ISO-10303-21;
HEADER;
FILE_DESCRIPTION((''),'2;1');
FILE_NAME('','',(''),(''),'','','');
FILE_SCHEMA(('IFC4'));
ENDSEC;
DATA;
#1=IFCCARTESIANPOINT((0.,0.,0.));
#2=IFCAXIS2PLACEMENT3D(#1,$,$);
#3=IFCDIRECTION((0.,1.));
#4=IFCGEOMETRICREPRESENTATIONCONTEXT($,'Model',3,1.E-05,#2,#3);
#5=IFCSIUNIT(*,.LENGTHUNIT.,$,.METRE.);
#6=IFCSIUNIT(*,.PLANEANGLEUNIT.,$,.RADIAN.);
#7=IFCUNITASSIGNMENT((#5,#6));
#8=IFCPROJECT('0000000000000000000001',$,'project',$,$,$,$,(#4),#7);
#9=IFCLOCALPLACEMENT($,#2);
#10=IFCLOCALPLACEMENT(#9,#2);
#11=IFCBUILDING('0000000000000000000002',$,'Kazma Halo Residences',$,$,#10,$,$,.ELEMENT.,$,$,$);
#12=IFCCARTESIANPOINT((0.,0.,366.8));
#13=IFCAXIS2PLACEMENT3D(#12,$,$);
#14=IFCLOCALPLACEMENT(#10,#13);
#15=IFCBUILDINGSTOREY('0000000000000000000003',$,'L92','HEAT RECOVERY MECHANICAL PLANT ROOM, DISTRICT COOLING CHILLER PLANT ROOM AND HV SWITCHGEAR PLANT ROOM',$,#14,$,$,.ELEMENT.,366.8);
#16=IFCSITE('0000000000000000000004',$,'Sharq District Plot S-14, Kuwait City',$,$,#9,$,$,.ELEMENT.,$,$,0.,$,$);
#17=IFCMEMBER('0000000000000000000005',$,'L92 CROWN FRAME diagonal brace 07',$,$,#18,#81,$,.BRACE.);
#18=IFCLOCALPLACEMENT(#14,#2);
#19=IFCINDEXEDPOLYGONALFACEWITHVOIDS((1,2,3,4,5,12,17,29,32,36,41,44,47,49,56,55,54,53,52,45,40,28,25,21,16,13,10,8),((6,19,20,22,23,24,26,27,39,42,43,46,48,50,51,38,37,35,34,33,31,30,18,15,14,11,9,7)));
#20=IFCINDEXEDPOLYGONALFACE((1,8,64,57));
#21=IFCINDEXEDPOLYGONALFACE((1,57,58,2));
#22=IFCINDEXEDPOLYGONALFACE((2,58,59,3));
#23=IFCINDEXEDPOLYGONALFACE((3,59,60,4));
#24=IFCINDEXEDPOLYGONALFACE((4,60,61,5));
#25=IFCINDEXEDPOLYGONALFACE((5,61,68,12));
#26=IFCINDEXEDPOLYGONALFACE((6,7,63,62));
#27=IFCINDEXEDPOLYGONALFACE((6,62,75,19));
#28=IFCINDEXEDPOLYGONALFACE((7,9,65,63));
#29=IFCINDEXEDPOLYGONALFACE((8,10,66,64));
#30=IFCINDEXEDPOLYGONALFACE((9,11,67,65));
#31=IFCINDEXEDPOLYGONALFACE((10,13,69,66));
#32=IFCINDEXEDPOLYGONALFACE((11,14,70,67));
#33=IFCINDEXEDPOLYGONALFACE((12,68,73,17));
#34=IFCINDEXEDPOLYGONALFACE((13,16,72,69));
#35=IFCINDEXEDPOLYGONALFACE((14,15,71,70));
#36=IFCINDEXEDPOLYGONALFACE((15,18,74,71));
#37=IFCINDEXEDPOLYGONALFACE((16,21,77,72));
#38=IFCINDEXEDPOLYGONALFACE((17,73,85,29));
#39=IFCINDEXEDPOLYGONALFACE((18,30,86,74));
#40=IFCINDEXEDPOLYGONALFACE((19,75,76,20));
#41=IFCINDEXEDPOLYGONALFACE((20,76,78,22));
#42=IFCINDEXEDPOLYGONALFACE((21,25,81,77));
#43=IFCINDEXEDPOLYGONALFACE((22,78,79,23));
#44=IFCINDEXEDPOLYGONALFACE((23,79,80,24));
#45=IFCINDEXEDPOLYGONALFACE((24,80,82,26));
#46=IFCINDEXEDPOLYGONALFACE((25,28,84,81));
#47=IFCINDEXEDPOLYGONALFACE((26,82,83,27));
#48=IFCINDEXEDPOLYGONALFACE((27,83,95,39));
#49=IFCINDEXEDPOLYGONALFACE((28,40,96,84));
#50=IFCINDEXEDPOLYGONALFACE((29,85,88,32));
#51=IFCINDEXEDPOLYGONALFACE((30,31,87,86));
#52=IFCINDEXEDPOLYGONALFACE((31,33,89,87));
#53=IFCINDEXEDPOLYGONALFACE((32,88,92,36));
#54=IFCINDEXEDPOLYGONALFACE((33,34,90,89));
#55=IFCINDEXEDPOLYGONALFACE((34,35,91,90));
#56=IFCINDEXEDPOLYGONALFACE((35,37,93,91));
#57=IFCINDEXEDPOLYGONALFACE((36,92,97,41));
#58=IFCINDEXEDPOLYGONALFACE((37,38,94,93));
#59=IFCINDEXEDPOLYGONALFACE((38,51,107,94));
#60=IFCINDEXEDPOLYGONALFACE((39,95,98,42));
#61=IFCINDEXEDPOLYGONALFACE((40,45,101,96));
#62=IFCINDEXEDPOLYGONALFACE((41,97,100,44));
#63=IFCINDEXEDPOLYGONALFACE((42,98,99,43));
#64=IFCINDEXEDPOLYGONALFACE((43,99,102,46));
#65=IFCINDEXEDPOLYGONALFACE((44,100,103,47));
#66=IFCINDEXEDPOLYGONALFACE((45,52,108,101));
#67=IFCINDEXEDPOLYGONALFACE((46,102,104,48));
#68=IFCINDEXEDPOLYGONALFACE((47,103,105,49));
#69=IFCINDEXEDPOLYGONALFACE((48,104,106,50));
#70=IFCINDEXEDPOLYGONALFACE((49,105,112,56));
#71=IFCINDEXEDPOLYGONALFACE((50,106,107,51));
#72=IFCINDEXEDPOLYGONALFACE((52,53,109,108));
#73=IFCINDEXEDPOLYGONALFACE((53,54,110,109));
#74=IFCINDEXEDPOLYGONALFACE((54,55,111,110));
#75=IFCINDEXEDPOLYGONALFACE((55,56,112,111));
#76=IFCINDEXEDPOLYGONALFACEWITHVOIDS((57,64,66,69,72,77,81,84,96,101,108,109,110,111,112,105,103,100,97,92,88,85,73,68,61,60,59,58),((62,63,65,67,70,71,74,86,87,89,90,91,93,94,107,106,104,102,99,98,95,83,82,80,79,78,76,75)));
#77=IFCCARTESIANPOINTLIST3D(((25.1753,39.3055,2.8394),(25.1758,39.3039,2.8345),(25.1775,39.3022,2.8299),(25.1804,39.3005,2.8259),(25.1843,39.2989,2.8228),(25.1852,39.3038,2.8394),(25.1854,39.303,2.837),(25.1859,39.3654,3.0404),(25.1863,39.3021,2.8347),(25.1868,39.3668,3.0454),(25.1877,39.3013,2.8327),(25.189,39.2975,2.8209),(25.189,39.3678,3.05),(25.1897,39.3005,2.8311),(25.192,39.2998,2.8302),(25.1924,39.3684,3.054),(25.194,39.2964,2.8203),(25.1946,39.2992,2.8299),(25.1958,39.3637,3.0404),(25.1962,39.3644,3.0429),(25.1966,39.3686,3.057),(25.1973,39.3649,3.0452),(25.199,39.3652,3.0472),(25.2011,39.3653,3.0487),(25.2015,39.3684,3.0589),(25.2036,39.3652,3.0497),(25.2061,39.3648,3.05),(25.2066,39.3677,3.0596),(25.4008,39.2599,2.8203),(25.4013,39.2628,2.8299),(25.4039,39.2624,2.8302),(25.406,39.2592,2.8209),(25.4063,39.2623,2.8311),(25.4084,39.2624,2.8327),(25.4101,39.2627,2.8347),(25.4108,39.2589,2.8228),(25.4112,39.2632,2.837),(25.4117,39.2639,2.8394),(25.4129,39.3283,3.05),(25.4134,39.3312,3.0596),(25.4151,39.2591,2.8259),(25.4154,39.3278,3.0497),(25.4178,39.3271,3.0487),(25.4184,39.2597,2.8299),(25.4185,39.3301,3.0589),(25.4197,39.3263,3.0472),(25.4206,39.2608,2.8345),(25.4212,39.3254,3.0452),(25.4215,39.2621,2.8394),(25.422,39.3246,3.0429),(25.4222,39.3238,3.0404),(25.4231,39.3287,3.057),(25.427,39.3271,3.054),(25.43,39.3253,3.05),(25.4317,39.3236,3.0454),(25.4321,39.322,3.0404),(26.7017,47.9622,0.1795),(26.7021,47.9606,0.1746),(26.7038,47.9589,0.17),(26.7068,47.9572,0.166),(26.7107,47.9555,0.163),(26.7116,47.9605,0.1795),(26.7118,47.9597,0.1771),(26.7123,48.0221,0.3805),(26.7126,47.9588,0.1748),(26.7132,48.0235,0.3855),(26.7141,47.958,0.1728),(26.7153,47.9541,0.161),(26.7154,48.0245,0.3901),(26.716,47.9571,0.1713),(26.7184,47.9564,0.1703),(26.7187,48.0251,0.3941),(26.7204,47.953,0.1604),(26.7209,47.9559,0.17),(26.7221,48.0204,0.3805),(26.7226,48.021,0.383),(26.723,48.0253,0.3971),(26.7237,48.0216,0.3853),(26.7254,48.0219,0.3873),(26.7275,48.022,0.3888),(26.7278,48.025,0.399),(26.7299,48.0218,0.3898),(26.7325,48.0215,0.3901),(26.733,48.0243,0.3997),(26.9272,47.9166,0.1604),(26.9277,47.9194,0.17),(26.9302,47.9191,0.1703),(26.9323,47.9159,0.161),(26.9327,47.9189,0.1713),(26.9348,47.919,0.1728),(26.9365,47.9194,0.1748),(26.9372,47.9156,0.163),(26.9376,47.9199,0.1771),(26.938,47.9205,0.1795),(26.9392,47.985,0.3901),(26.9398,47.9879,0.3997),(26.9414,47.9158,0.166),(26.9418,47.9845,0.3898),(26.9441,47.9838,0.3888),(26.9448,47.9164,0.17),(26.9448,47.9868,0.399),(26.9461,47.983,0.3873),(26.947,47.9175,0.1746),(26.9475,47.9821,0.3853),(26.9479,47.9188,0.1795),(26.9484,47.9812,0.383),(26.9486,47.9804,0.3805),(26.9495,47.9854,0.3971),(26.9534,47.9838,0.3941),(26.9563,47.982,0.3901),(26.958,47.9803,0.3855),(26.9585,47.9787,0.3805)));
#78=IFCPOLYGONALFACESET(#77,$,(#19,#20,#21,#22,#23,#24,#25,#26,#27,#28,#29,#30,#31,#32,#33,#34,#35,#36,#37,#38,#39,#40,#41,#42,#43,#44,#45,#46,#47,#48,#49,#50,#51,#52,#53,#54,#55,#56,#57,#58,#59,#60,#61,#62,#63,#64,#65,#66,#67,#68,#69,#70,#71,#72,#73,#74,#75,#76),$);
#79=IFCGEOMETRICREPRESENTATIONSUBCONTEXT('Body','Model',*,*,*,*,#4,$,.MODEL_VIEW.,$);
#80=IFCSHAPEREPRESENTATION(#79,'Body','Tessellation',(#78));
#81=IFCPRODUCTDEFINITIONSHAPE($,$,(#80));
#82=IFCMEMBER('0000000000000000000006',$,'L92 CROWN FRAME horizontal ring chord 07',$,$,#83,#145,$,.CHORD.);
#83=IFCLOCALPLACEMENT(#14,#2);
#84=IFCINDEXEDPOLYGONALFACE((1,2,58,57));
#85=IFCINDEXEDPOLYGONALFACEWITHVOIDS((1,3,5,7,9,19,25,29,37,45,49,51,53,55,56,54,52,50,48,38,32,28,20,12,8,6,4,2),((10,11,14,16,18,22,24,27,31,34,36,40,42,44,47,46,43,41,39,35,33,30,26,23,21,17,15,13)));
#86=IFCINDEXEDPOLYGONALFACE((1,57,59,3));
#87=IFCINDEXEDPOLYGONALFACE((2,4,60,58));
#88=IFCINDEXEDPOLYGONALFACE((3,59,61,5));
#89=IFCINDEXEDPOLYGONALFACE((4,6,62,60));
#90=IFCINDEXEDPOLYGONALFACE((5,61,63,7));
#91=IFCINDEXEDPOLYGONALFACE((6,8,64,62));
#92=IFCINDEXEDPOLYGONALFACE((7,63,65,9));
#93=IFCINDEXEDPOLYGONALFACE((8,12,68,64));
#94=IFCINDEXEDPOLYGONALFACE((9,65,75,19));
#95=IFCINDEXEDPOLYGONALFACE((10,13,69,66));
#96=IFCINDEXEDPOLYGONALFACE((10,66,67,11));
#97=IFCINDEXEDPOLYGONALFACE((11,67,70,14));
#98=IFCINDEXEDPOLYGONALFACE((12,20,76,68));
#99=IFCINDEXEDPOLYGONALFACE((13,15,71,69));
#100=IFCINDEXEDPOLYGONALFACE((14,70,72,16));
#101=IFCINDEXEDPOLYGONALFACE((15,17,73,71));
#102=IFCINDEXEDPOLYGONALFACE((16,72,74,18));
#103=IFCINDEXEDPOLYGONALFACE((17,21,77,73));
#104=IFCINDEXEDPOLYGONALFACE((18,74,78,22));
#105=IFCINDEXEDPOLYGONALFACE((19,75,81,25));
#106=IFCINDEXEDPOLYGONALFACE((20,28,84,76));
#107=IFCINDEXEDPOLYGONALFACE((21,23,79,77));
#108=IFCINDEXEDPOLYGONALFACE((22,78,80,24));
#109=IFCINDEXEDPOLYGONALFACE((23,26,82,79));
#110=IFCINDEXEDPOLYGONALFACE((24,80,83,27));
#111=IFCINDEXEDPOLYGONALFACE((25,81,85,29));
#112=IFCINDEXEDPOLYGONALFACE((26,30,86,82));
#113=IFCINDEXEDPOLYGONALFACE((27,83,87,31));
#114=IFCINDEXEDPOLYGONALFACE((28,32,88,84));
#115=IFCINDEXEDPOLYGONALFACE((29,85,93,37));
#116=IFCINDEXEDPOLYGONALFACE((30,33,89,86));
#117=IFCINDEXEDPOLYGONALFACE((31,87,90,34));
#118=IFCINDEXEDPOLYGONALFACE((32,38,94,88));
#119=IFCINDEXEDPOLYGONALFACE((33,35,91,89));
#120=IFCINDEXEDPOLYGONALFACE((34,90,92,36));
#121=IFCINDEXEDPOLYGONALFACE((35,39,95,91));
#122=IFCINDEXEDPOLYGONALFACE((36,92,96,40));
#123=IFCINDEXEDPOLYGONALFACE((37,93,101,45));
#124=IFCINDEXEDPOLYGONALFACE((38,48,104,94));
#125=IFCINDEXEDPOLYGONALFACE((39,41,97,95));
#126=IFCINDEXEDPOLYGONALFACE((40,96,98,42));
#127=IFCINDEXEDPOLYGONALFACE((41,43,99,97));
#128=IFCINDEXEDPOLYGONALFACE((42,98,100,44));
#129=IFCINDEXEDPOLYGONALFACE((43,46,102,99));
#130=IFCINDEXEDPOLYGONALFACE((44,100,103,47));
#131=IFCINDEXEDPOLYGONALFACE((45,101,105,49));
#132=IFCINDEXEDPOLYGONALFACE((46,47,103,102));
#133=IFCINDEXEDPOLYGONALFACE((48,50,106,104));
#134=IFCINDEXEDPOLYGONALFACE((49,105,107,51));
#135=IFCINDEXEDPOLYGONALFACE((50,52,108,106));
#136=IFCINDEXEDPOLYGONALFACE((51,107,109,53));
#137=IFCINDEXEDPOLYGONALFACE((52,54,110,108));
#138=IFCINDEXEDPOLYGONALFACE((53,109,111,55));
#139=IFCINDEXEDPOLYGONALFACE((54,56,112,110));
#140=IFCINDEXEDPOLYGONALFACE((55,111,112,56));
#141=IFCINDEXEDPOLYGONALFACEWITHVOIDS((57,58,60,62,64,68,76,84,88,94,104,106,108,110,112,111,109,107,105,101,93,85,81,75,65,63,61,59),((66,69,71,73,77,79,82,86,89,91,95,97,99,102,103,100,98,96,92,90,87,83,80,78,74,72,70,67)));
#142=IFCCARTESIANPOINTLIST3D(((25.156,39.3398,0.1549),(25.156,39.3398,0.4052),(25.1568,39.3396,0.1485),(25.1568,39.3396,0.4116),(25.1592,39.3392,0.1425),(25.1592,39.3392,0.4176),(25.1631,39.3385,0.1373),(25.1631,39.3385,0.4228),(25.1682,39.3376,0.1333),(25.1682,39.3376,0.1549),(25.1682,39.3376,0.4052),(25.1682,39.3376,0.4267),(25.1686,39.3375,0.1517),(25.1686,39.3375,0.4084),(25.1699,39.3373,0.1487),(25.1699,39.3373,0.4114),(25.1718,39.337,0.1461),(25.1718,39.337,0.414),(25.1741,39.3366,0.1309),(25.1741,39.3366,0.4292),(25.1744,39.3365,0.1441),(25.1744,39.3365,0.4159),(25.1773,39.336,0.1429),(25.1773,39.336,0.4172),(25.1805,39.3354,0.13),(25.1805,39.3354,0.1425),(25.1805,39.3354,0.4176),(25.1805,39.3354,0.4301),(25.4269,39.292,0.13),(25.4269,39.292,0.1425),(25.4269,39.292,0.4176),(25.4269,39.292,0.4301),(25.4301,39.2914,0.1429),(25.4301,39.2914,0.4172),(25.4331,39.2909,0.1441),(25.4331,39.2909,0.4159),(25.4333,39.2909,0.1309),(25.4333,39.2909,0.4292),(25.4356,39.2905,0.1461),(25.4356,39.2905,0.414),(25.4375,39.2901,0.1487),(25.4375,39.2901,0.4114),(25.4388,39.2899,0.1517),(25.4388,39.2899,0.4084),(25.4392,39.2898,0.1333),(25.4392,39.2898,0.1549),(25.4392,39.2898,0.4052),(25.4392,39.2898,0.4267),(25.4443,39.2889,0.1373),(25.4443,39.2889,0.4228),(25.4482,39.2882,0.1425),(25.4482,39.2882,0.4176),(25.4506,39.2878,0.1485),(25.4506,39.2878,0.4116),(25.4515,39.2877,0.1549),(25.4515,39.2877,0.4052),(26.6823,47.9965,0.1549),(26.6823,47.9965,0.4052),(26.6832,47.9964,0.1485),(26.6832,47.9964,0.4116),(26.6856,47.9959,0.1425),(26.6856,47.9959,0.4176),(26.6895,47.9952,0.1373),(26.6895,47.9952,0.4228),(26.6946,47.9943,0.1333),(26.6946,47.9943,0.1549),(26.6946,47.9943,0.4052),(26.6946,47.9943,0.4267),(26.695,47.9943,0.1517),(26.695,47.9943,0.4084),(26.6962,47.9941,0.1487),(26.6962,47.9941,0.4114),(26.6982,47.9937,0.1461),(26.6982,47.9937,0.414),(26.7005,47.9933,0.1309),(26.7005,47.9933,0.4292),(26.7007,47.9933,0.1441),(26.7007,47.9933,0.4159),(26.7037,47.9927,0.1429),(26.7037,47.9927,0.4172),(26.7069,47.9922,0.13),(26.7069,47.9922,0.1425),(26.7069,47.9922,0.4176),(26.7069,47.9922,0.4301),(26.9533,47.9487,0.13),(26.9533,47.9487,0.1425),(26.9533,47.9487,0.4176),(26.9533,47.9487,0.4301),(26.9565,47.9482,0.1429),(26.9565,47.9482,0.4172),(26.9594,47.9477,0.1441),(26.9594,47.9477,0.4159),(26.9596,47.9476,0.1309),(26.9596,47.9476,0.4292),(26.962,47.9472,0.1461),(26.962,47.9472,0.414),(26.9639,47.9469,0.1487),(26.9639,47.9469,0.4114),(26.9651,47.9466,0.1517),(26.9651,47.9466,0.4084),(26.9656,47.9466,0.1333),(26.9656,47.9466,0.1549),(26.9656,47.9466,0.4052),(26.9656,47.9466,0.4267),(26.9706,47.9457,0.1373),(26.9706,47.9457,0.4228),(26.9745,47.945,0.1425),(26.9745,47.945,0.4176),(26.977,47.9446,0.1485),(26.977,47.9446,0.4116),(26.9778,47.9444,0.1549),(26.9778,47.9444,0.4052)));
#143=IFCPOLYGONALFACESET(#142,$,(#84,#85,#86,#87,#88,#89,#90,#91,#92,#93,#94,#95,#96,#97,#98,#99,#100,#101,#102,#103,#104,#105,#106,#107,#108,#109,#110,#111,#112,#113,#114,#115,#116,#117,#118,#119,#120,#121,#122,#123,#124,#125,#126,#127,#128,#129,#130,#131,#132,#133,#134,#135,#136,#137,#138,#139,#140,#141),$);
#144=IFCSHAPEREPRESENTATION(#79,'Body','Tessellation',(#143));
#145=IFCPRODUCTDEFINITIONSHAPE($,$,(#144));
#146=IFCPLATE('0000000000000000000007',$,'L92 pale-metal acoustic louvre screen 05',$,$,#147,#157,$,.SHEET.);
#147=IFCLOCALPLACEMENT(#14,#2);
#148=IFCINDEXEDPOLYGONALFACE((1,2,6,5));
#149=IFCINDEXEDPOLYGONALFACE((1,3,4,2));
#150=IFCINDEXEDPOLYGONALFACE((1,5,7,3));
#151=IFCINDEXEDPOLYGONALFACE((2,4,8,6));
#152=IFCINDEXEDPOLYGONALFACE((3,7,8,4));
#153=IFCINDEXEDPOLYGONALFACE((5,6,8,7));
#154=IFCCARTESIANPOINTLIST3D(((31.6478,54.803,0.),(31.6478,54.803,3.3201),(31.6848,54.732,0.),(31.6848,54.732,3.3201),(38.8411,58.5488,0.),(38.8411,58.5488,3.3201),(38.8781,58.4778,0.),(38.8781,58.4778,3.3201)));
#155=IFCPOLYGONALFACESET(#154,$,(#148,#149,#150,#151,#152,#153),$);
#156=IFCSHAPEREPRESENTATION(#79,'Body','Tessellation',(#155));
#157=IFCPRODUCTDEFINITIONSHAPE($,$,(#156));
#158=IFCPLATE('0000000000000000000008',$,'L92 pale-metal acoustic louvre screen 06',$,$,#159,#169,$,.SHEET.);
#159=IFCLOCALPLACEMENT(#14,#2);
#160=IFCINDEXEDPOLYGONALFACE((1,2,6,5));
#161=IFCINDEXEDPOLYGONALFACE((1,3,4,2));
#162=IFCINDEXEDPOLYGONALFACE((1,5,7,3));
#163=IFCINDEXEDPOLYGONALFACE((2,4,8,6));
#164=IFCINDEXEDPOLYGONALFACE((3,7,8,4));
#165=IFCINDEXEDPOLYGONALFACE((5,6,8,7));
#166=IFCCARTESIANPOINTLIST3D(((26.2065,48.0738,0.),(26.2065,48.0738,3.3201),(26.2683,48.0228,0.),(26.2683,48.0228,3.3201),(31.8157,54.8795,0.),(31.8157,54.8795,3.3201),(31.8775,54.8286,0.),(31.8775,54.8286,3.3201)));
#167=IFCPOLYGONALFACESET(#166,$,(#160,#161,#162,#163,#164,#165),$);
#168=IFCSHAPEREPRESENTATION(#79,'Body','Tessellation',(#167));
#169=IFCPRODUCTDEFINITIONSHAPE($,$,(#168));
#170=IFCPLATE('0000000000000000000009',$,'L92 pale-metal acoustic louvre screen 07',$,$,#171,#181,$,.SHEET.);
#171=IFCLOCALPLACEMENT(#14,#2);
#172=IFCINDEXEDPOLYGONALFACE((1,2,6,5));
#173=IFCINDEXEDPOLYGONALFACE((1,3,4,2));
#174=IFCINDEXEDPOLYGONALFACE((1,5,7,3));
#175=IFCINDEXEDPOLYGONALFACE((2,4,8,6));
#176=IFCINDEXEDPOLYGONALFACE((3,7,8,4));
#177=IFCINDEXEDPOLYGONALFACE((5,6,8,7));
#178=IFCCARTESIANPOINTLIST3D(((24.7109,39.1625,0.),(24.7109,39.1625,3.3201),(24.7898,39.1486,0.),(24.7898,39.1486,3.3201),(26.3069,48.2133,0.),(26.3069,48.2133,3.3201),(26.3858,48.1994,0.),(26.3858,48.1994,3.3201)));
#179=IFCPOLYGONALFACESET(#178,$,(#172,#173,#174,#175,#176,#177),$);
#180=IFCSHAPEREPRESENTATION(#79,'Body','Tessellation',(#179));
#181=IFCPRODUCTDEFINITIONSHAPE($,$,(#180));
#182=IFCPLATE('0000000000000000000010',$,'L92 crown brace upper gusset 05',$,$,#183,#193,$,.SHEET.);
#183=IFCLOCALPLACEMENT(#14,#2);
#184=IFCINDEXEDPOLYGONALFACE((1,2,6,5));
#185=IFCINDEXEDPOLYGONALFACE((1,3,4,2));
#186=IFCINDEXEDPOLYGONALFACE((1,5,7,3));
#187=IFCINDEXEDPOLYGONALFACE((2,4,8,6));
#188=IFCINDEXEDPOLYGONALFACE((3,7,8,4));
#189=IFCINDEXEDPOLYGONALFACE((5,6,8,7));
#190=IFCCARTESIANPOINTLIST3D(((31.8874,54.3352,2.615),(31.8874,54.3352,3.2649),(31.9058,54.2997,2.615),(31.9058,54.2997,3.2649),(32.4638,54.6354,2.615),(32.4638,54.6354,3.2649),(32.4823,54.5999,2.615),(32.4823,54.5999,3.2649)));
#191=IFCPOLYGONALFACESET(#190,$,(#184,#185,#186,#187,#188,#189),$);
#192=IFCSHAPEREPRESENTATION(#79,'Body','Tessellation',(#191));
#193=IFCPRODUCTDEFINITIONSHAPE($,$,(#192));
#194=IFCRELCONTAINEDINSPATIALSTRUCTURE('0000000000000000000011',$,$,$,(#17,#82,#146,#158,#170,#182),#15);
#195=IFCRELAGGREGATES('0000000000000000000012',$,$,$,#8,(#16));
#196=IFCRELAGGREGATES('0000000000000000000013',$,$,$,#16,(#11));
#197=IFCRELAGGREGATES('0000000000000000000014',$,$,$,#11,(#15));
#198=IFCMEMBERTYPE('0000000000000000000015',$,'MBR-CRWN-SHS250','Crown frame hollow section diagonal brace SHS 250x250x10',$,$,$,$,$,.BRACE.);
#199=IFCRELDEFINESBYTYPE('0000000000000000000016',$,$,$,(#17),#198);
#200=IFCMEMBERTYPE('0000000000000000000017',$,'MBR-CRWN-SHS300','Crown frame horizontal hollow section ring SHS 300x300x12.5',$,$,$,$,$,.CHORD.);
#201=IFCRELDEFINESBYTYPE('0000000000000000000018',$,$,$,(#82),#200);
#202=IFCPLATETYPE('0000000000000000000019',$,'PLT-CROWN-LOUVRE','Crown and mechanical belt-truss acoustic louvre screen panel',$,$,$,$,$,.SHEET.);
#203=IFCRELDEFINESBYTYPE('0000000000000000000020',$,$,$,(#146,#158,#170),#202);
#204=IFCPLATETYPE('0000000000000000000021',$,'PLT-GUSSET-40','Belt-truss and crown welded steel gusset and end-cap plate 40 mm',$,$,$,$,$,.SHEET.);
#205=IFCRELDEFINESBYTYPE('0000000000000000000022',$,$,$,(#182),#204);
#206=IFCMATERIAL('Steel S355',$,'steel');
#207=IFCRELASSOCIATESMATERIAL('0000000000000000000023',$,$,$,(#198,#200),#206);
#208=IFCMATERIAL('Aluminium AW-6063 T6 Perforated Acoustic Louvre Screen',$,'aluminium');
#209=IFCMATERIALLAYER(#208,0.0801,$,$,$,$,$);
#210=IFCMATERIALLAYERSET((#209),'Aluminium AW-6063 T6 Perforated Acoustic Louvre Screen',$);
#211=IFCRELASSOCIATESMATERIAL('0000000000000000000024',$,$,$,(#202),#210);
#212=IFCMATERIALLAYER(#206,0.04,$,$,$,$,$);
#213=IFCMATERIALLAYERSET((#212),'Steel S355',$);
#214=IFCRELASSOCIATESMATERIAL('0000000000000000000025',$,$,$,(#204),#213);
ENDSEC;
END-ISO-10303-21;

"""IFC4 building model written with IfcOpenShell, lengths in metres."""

from ifc_helpers import new_model, si_unit, direction, frame, origin, origin_2d, place, context, subcontext, project, spatial, rectangle, hollow_rectangle, extrude, material, layer, layer_set, material_profile, profile_set, type_object, element, save


model = new_model("IFC4")

# Units and contexts
model_context = context("Model", 3, precision=1e-05, world=origin(), true_north=direction((0.0, 1.0)))
body_context = subcontext(model_context, "Body", "Model", "MODEL_VIEW")
ifc_project = project(units=[si_unit("LENGTHUNIT", "METRE"), si_unit("PLANEANGLEUNIT", "RADIAN")], contexts=[model_context])

# Site, building, storey
site_placement = place(None, origin())
site = spatial("IfcSite", under=ifc_project, at=site_placement, Name="Sharq District Plot S-14, Kuwait City", CompositionType="ELEMENT", RefElevation=0.0)
building_placement = place(site_placement, origin())
building = spatial("IfcBuilding", under=site, at=building_placement, Name="Kazma Halo Residences", CompositionType="ELEMENT")
storey_placement = place(building_placement, frame((0.0, 0.0, 366.8)))
storey = spatial("IfcBuildingStorey", under=building, at=storey_placement, Name="L92", Description="HEAT RECOVERY MECHANICAL PLANT ROOM, DISTRICT COOLING CHILLER PLANT ROOM AND HV SWITCHGEAR PLANT ROOM", CompositionType="ELEMENT", Elevation=366.8)

# Shared definitions
ifc_material_1 = material(Name="Steel S355", Category="steel")

# Members
ifc_material_profile_1 = material_profile(ifc_material_1, hollow_rectangle(XDim=0.25, YDim=0.25, WallThickness=0.01, InnerFilletRadius=0.01, OuterFilletRadius=0.02, at=origin_2d()), Name="SHS250x250x10")
ifc_profile_set_1 = profile_set([ifc_material_profile_1], Name="Steel S355")
member_type_1 = type_object("IfcMemberType", Name="MBR-CRWN-SHS250", Description="Crown frame hollow section diagonal brace SHS 250x250x10", PredefinedType="BRACE", material=ifc_profile_set_1)
member_1_placement = place(storey_placement, frame((26.8301, 47.9705, 0.28), z_axis=(-0.1662, -0.942599, 0.289628), x_axis=(0.984809, -0.173643, 0.0)))
element("IfcMember", 1, at=member_1_placement, inside=storey, type_object=member_type_1, Name="L92 CROWN FRAME diagonal brace 07", PredefinedType="BRACE", context=body_context, shape_type="SweptSolid", body=[
    extrude(hollow_rectangle(XDim=0.25, YDim=0.25, WallThickness=0.01, InnerFilletRadius=0.01, OuterFilletRadius=0.02, at=origin_2d()), origin(), (0.0, 0.0, 1.0), 9.1838),
])
ifc_material_profile_2 = material_profile(ifc_material_1, hollow_rectangle(XDim=0.3, YDim=0.3, WallThickness=0.0125, InnerFilletRadius=0.0125, OuterFilletRadius=0.0249, at=origin_2d()), Name="SHS300x300x12.5")
ifc_profile_set_2 = profile_set([ifc_material_profile_2], Name="Steel S355")
member_type_2 = type_object("IfcMemberType", Name="MBR-CRWN-SHS300", Description="Crown frame horizontal hollow section ring SHS 300x300x12.5", PredefinedType="CHORD", material=ifc_profile_set_2)
member_2_placement = place(storey_placement, frame((26.8301, 47.9705, 0.28), z_axis=(-0.173643, -0.984809, 0.0), x_axis=(0.984809, -0.173643, 0.0)))
element("IfcMember", 2, at=member_2_placement, inside=storey, type_object=member_type_2, Name="L92 CROWN FRAME horizontal ring chord 07", PredefinedType="CHORD", context=body_context, shape_type="SweptSolid", body=[
    extrude(hollow_rectangle(XDim=0.3, YDim=0.3, WallThickness=0.0125, InnerFilletRadius=0.0125, OuterFilletRadius=0.0249, at=origin_2d()), origin(), (0.0, 0.0, 1.0), 8.7903),
])

# Plates
ifc_material_2 = material(Name="Aluminium AW-6063 T6 Perforated Acoustic Louvre Screen", Category="aluminium")
ifc_layer_1 = layer(ifc_material_2, 0.0801)
ifc_layer_set_1 = layer_set([ifc_layer_1], Name="Aluminium AW-6063 T6 Perforated Acoustic Louvre Screen")
plate_type_1 = type_object("IfcPlateType", Name="PLT-CROWN-LOUVRE", Description="Crown and mechanical belt-truss acoustic louvre screen panel", PredefinedType="SHEET", material=ifc_layer_set_1)
plate_1_placement = place(storey_placement, frame((35.2629, 56.6404, 0.0), z_axis=(0.0, 0.0, 1.0), x_axis=(-0.88695, -0.461866, 0.0)))
element("IfcPlate", 3, at=plate_1_placement, inside=storey, type_object=plate_type_1, Name="L92 pale-metal acoustic louvre screen 05", PredefinedType="SHEET", context=body_context, shape_type="SweptSolid", body=[
    extrude(rectangle(XDim=8.1101, YDim=0.0801, at=origin_2d()), origin(), (0.0, 0.0, 1.0), 3.3201),
])
plate_2_placement = place(storey_placement, frame((29.042, 51.4512, 0.0), z_axis=(0.0, 0.0, 1.0), x_axis=(-0.636008, -0.771683, 0.0)))
element("IfcPlate", 4, at=plate_2_placement, inside=storey, type_object=plate_type_1, Name="L92 pale-metal acoustic louvre screen 06", PredefinedType="SHEET", context=body_context, shape_type="SweptSolid", body=[
    extrude(rectangle(XDim=8.8193, YDim=0.0801, at=origin_2d()), origin(), (0.0, 0.0, 1.0), 3.3201),
])
plate_3_placement = place(storey_placement, frame((25.5483, 43.6809, 0.0), z_axis=(0.0, 0.0, 1.0), x_axis=(-0.173656, -0.984806, 0.0)))
element("IfcPlate", 5, at=plate_3_placement, inside=storey, type_object=plate_type_1, Name="L92 pale-metal acoustic louvre screen 07", PredefinedType="SHEET", context=body_context, shape_type="SweptSolid", body=[
    extrude(rectangle(XDim=9.1904, YDim=0.0801, at=origin_2d()), origin(), (0.0, 0.0, 1.0), 3.3201),
])
ifc_layer_2 = layer(ifc_material_1, 0.04)
ifc_layer_set_2 = layer_set([ifc_layer_2], Name="Steel S355")
plate_type_2 = type_object("IfcPlateType", Name="PLT-GUSSET-40", Description="Belt-truss and crown welded steel gusset and end-cap plate 40 mm", PredefinedType="SHEET", material=ifc_layer_set_2)
for number, where, z_axis, x_axis, name in (
    (6, (32.1848, 54.4675, 2.615), (0.0, 0.0, 1.0), (-0.88695, -0.461866, 0.0), "L92 crown brace upper gusset 05"),
):
    element("IfcPlate", number, at=place(storey_placement, frame(where, z_axis=z_axis, x_axis=x_axis)), inside=storey, type_object=plate_type_2, Name=name, PredefinedType="SHEET", context=body_context, shape_type="SweptSolid", body=[
        extrude(rectangle(XDim=0.6499, YDim=0.04, at=origin_2d()), origin(), (0.0, 0.0, 1.0), 0.6499),
    ])

save(model, "model.ifc")
